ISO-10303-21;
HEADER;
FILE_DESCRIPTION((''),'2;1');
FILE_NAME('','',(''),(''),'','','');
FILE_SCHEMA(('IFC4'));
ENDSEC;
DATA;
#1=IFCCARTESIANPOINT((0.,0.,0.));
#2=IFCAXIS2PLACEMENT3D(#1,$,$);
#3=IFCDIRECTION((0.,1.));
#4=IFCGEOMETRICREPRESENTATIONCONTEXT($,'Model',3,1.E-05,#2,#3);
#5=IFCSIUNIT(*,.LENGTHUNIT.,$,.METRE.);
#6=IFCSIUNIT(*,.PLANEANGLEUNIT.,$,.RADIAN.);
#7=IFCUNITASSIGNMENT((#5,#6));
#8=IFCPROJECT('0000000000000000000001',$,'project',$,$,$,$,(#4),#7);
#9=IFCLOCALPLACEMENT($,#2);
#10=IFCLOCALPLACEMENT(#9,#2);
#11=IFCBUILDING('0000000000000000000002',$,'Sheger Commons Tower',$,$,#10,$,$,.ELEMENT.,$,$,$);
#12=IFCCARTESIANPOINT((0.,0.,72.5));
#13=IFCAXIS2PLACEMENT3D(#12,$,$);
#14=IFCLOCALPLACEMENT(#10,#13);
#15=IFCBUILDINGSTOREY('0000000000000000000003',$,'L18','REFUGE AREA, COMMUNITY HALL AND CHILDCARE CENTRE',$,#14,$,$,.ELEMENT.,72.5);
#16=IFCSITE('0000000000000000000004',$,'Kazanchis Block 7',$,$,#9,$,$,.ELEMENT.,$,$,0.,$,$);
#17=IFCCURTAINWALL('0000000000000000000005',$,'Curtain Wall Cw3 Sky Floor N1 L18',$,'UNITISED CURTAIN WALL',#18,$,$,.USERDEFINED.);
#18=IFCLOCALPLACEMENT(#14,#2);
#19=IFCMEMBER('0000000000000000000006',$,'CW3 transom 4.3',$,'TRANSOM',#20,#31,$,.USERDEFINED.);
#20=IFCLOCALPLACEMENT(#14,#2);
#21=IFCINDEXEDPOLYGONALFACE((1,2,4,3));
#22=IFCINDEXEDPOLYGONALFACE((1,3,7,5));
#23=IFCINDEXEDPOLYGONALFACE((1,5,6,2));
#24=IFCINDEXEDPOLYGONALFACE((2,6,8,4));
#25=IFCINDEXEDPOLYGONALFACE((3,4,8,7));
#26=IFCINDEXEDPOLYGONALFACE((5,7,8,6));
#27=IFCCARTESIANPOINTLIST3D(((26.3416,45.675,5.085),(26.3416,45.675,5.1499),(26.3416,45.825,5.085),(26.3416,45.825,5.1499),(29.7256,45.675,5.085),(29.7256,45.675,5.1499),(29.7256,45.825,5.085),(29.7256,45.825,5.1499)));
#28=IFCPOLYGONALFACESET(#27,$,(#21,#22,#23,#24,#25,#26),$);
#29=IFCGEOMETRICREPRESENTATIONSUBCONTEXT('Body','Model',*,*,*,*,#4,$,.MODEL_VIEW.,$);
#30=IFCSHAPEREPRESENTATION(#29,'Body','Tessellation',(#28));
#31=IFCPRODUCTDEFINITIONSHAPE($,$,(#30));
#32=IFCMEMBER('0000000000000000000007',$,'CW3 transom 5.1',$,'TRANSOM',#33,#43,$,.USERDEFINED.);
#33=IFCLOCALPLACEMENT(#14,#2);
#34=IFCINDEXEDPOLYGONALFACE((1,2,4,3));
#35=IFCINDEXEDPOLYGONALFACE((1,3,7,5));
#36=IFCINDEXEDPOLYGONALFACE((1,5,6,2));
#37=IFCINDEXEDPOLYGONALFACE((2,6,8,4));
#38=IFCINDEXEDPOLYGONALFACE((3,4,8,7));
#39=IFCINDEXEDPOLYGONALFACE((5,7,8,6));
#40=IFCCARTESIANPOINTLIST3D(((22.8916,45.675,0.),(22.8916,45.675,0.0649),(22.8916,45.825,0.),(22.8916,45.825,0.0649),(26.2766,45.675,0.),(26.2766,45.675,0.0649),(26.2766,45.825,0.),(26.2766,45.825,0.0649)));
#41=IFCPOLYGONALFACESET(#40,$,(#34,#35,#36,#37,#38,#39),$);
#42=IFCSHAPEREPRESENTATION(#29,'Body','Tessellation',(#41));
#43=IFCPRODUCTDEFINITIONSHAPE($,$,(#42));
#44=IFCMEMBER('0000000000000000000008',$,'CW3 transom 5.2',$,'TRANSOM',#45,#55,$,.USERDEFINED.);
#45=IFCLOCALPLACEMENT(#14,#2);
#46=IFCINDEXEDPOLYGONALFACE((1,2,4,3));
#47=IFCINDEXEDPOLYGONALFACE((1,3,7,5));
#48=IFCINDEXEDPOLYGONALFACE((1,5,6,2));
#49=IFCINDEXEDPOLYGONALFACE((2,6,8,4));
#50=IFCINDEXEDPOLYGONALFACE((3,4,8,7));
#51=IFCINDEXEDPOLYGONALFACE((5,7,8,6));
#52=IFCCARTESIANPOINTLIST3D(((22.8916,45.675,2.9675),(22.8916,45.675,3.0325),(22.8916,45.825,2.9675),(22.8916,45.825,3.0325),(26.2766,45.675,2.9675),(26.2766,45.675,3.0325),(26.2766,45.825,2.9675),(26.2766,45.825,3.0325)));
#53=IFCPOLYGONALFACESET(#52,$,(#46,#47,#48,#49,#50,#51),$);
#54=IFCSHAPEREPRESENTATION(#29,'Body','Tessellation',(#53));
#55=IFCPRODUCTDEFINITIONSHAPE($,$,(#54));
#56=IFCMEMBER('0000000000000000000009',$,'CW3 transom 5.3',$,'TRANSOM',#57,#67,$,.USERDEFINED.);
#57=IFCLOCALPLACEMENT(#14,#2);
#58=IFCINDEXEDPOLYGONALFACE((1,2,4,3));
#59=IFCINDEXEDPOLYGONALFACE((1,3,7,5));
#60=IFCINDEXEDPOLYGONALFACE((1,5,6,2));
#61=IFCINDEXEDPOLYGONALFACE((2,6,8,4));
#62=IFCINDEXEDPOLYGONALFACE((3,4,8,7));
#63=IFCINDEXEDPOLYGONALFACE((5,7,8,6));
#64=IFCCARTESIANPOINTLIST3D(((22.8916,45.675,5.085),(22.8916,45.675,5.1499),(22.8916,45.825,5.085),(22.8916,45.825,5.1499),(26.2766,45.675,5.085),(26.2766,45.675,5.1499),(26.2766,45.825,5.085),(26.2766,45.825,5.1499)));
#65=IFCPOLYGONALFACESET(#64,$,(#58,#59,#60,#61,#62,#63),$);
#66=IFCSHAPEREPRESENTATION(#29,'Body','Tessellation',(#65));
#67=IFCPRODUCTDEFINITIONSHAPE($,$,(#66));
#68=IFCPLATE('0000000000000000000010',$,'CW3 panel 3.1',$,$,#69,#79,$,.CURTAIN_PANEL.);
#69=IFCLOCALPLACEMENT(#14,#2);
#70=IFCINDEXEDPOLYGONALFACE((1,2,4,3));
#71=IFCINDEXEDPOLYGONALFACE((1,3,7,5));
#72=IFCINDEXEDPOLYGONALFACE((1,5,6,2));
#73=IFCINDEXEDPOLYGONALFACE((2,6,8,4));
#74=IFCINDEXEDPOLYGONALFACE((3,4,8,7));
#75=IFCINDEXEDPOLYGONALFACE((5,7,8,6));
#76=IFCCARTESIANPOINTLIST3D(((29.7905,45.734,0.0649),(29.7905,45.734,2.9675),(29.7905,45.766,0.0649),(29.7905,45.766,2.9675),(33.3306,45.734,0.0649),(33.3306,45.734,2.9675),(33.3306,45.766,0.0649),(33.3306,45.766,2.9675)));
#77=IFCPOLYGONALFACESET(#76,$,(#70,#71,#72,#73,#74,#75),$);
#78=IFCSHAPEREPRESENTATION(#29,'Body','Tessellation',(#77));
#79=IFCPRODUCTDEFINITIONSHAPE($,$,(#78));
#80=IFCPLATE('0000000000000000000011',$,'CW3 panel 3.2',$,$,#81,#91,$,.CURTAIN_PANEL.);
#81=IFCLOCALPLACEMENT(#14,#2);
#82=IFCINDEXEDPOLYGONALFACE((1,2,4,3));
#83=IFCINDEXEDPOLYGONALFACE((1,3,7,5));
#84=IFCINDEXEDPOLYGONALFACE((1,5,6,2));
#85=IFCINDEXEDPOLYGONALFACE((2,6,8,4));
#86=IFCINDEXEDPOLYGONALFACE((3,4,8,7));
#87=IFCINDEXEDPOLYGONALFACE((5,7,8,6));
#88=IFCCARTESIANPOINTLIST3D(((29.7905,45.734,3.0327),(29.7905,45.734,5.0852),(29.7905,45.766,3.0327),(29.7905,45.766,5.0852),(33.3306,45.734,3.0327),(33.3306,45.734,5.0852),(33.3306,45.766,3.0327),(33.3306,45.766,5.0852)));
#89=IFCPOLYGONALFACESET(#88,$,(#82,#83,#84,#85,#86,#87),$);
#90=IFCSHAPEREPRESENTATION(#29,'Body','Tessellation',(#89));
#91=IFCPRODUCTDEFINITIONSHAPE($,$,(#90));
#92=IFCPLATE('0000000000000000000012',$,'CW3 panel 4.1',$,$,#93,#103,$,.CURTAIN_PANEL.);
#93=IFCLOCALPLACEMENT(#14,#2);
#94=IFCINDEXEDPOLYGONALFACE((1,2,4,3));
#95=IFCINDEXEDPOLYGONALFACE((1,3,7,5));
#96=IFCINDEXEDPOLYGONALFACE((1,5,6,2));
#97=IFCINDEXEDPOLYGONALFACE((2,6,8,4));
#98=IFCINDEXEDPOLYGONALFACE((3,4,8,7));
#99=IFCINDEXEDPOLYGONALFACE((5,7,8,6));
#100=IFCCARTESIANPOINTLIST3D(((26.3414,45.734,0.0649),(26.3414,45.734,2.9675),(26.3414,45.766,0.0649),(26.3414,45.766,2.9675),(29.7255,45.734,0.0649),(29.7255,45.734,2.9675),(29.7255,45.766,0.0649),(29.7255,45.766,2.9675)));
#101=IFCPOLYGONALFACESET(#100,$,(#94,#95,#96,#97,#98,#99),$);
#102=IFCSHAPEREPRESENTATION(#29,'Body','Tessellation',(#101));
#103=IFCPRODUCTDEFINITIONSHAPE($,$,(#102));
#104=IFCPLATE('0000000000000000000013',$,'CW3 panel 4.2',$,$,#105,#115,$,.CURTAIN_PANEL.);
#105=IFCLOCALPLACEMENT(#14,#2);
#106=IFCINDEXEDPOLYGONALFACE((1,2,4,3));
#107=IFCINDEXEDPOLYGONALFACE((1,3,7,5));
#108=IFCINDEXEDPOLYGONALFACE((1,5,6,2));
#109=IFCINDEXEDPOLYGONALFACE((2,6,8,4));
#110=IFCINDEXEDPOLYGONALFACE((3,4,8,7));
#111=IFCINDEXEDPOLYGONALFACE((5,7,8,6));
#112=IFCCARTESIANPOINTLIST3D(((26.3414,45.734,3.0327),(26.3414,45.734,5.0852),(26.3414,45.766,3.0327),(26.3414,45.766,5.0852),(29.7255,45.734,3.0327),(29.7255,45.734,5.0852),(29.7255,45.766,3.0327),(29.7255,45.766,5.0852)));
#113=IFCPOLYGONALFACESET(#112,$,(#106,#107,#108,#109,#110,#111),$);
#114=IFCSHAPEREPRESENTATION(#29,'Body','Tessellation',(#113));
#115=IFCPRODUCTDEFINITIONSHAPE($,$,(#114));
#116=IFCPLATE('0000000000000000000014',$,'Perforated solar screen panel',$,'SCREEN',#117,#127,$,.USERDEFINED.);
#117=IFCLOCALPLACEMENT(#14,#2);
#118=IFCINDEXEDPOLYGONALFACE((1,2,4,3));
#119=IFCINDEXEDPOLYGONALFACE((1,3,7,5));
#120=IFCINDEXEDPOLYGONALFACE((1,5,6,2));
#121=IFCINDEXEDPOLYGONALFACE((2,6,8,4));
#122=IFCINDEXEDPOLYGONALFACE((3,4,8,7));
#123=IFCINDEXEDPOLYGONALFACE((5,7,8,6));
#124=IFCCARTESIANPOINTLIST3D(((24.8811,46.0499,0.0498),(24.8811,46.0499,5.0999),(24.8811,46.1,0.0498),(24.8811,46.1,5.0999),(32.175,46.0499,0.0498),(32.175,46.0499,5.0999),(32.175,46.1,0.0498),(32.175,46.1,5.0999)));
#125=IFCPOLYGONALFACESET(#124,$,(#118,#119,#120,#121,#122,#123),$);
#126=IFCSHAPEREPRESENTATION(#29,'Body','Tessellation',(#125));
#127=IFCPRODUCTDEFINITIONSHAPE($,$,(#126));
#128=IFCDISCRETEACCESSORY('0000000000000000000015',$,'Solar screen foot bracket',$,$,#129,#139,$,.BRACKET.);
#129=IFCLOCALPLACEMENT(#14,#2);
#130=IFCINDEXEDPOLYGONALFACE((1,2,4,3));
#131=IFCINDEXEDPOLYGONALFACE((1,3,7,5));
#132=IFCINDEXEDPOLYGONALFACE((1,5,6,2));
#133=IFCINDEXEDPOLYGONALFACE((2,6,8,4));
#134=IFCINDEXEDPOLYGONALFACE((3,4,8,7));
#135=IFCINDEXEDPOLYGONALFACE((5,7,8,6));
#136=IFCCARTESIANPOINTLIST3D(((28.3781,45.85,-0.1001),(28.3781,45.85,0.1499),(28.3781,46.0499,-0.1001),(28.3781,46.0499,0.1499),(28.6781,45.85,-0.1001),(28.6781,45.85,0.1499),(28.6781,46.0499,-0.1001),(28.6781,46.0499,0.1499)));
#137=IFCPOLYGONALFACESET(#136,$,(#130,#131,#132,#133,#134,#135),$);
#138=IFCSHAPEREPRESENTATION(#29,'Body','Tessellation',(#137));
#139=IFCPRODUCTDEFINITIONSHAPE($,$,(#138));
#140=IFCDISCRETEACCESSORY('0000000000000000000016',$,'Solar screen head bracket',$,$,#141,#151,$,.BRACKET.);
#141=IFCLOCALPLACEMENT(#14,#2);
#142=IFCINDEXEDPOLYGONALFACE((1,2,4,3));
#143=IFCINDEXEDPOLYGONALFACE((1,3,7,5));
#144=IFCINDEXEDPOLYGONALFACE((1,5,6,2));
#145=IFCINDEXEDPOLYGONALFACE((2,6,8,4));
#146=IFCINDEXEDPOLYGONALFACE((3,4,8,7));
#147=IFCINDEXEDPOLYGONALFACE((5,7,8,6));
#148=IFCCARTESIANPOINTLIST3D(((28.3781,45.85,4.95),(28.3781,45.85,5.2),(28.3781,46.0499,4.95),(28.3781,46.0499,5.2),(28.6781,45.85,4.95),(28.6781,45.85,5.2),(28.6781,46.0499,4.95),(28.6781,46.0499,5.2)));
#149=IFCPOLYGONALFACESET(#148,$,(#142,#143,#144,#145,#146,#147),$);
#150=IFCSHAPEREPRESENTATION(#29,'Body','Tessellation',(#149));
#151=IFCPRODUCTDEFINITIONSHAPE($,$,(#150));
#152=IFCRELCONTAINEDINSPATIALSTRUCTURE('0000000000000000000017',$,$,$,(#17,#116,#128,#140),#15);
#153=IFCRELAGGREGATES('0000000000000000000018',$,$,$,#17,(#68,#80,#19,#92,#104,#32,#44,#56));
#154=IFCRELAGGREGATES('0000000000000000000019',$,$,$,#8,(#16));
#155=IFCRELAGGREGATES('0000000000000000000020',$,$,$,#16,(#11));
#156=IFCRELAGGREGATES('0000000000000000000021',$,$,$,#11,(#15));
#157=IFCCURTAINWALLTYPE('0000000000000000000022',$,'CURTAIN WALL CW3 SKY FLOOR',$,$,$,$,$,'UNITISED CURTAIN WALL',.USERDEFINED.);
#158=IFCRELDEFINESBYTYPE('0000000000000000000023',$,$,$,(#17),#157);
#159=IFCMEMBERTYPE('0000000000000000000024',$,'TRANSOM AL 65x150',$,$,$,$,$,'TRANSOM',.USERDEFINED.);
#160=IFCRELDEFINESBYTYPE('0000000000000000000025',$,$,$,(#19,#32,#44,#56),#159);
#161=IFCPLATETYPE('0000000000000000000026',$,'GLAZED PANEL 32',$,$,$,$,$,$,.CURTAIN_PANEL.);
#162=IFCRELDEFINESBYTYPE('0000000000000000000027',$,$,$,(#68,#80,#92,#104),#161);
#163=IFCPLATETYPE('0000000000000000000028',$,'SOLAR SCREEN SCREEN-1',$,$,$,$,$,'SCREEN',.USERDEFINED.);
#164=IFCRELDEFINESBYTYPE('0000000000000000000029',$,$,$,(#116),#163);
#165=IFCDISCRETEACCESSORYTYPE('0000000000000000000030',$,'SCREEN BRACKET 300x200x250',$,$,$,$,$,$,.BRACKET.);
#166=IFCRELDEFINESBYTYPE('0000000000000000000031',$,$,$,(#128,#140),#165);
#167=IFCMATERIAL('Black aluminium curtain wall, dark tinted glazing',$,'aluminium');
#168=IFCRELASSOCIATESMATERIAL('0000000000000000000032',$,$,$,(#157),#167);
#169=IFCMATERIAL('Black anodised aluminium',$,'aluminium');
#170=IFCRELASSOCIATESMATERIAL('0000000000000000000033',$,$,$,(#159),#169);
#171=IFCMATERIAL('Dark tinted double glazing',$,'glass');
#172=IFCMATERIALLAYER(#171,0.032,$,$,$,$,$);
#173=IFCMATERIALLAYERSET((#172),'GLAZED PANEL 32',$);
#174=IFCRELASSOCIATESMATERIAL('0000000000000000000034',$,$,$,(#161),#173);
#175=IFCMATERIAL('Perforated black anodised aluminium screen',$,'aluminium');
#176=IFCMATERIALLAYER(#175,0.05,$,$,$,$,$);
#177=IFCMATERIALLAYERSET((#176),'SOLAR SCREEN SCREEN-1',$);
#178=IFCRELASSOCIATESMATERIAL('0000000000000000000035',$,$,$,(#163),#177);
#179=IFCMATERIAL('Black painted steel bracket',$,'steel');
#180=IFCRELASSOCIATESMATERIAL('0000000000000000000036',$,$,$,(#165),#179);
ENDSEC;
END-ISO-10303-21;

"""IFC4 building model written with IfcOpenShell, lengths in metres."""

from ifc_helpers import new_model, si_unit, direction, frame, origin, origin_2d, place, context, subcontext, project, spatial, rectangle, extrude, material, layer, layer_set, material_profile, profile_set, type_object, element, aggregate, save


model = new_model("IFC4")

# Units and contexts
model_context = context("Model", 3, precision=1e-05, world=origin(), true_north=direction((0.0, 1.0)))
body_context = subcontext(model_context, "Body", "Model", "MODEL_VIEW")
ifc_project = project(units=[si_unit("LENGTHUNIT", "METRE"), si_unit("PLANEANGLEUNIT", "RADIAN")], contexts=[model_context])

# Site, building, storey
site_placement = place(None, origin())
site = spatial("IfcSite", under=ifc_project, at=site_placement, Name="Kazanchis Block 7", CompositionType="ELEMENT", RefElevation=0.0)
building_placement = place(site_placement, origin())
building = spatial("IfcBuilding", under=site, at=building_placement, Name="Sheger Commons Tower", CompositionType="ELEMENT")
storey_placement = place(building_placement, frame((0.0, 0.0, 72.5)))
storey = spatial("IfcBuildingStorey", under=building, at=storey_placement, Name="L18", Description="REFUGE AREA, COMMUNITY HALL AND CHILDCARE CENTRE", CompositionType="ELEMENT", Elevation=72.5)

# Curtain wall
ifc_material_1 = material(Name="Black aluminium curtain wall, dark tinted glazing", Category="aluminium")
curtain_wall_type = type_object("IfcCurtainWallType", Name="CURTAIN WALL CW3 SKY FLOOR", ElementType="UNITISED CURTAIN WALL", PredefinedType="USERDEFINED", material=ifc_material_1)
curtain_wall_placement = place(storey_placement, origin())
curtain_wall = element("IfcCurtainWall", 1, at=curtain_wall_placement, inside=storey, type_object=curtain_wall_type, Name="Curtain Wall Cw3 Sky Floor N1 L18", ObjectType="UNITISED CURTAIN WALL", PredefinedType="USERDEFINED")

# Members
ifc_material_2 = material(Name="Black anodised aluminium", Category="aluminium")
ifc_material_profile_1 = material_profile(ifc_material_2, rectangle(XDim=0.1499, YDim=0.0649, at=origin_2d()), Name="AL 65x150")
ifc_profile_set_1 = profile_set([ifc_material_profile_1], Name="Black anodised aluminium")
member_type_1 = type_object("IfcMemberType", Name="TRANSOM AL 65x150", ElementType="TRANSOM", PredefinedType="USERDEFINED", material=ifc_profile_set_1)
member_1_placement = place(storey_placement, frame((29.7256, 45.75, 5.1174), z_axis=(-1.0, 0.0, 0.0), x_axis=(0.0, -1.0, 0.0)))
member_1 = element("IfcMember", 2, at=member_1_placement, type_object=member_type_1, Name="CW3 transom 4.3", ObjectType="TRANSOM", PredefinedType="USERDEFINED", context=body_context, shape_type="SweptSolid", body=[
    extrude(rectangle(XDim=0.1499, YDim=0.0649, at=origin_2d()), origin(), (0.0, 0.0, 1.0), 3.384),
])
member_2_placement = place(storey_placement, frame((26.2766, 45.75, 0.0325), z_axis=(-1.0, 0.0, 0.0), x_axis=(0.0, -1.0, 0.0)))
member_2 = element("IfcMember", 3, at=member_2_placement, type_object=member_type_1, Name="CW3 transom 5.1", ObjectType="TRANSOM", PredefinedType="USERDEFINED", context=body_context, shape_type="SweptSolid", body=[
    extrude(rectangle(XDim=0.1499, YDim=0.0649, at=origin_2d()), origin(), (0.0, 0.0, 1.0), 3.385),
])
member_3_placement = place(storey_placement, frame((26.2766, 45.75, 3.0), z_axis=(-1.0, 0.0, 0.0), x_axis=(0.0, -1.0, 0.0)))
member_3 = element("IfcMember", 4, at=member_3_placement, type_object=member_type_1, Name="CW3 transom 5.2", ObjectType="TRANSOM", PredefinedType="USERDEFINED", context=body_context, shape_type="SweptSolid", body=[
    extrude(rectangle(XDim=0.1499, YDim=0.0649, at=origin_2d()), origin(), (0.0, 0.0, 1.0), 3.385),
])
member_4_placement = place(storey_placement, frame((26.2766, 45.75, 5.1174), z_axis=(-1.0, 0.0, 0.0), x_axis=(0.0, -1.0, 0.0)))
member_4 = element("IfcMember", 5, at=member_4_placement, type_object=member_type_1, Name="CW3 transom 5.3", ObjectType="TRANSOM", PredefinedType="USERDEFINED", context=body_context, shape_type="SweptSolid", body=[
    extrude(rectangle(XDim=0.1499, YDim=0.0649, at=origin_2d()), origin(), (0.0, 0.0, 1.0), 3.385),
])

# Plates
ifc_material_3 = material(Name="Dark tinted double glazing", Category="glass")
ifc_layer_1 = layer(ifc_material_3, 0.032)
ifc_layer_set_1 = layer_set([ifc_layer_1], Name="GLAZED PANEL 32")
plate_type_1 = type_object("IfcPlateType", Name="GLAZED PANEL 32", PredefinedType="CURTAIN_PANEL", material=ifc_layer_set_1)
plate_1_placement = place(storey_placement, frame((31.5605, 45.75, 0.0649), z_axis=(0.0, 0.0, 1.0), x_axis=(-1.0, 0.0, 0.0)))
plate_1 = element("IfcPlate", 6, at=plate_1_placement, type_object=plate_type_1, Name="CW3 panel 3.1", PredefinedType="CURTAIN_PANEL", context=body_context, shape_type="SweptSolid", body=[
    extrude(rectangle(XDim=3.54, YDim=0.032, at=origin_2d()), origin(), (0.0, 0.0, 1.0), 2.9026),
])
plate_2_placement = place(storey_placement, frame((31.5605, 45.75, 3.0327), z_axis=(0.0, 0.0, 1.0), x_axis=(-1.0, 0.0, 0.0)))
plate_2 = element("IfcPlate", 7, at=plate_2_placement, type_object=plate_type_1, Name="CW3 panel 3.2", PredefinedType="CURTAIN_PANEL", context=body_context, shape_type="SweptSolid", body=[
    extrude(rectangle(XDim=3.54, YDim=0.032, at=origin_2d()), origin(), (0.0, 0.0, 1.0), 2.0525),
])
plate_3_placement = place(storey_placement, frame((28.0334, 45.75, 0.0649), z_axis=(0.0, 0.0, 1.0), x_axis=(-1.0, 0.0, 0.0)))
plate_3 = element("IfcPlate", 8, at=plate_3_placement, type_object=plate_type_1, Name="CW3 panel 4.1", PredefinedType="CURTAIN_PANEL", context=body_context, shape_type="SweptSolid", body=[
    extrude(rectangle(XDim=3.384, YDim=0.032, at=origin_2d()), origin(), (0.0, 0.0, 1.0), 2.9026),
])
plate_4_placement = place(storey_placement, frame((28.0334, 45.75, 3.0327), z_axis=(0.0, 0.0, 1.0), x_axis=(-1.0, 0.0, 0.0)))
plate_4 = element("IfcPlate", 9, at=plate_4_placement, type_object=plate_type_1, Name="CW3 panel 4.2", PredefinedType="CURTAIN_PANEL", context=body_context, shape_type="SweptSolid", body=[
    extrude(rectangle(XDim=3.384, YDim=0.032, at=origin_2d()), origin(), (0.0, 0.0, 1.0), 2.0525),
])
aggregate(curtain_wall, [plate_1, plate_2, member_1, plate_3, plate_4, member_2, member_3, member_4])
ifc_material_4 = material(Name="Perforated black anodised aluminium screen", Category="aluminium")
ifc_layer_2 = layer(ifc_material_4, 0.05)
ifc_layer_set_2 = layer_set([ifc_layer_2], Name="SOLAR SCREEN SCREEN-1")
plate_type_2 = type_object("IfcPlateType", Name="SOLAR SCREEN SCREEN-1", ElementType="SCREEN", PredefinedType="USERDEFINED", material=ifc_layer_set_2)
plate_5_placement = place(storey_placement, frame((28.5281, 46.075, 0.0498), z_axis=(0.0, 0.0, 1.0), x_axis=(-1.0, 0.0, 0.0)))
element("IfcPlate", 10, at=plate_5_placement, inside=storey, type_object=plate_type_2, Name="Perforated solar screen panel", ObjectType="SCREEN", PredefinedType="USERDEFINED", context=body_context, shape_type="SweptSolid", body=[
    extrude(rectangle(XDim=7.2939, YDim=0.05, at=origin_2d()), origin(), (0.0, 0.0, 1.0), 5.05),
])

# Discrete accessories
ifc_material_5 = material(Name="Black painted steel bracket", Category="steel")
discrete_accessory_type = type_object("IfcDiscreteAccessoryType", Name="SCREEN BRACKET 300x200x250", PredefinedType="BRACKET", material=ifc_material_5)
for number, where, z_axis, x_axis, name in (
    (11, (28.5281, 45.95, -0.1001), (0.0, 0.0, 1.0), (-1.0, 0.0, 0.0), "Solar screen foot bracket"),
    (12, (28.5281, 45.95, 4.95), (0.0, 0.0, 1.0), (-1.0, 0.0, 0.0), "Solar screen head bracket"),
):
    element("IfcDiscreteAccessory", number, at=place(storey_placement, frame(where, z_axis=z_axis, x_axis=x_axis)), inside=storey, type_object=discrete_accessory_type, Name=name, PredefinedType="BRACKET", context=body_context, shape_type="SweptSolid", body=[
        extrude(rectangle(XDim=0.3, YDim=0.2, at=origin_2d()), origin(), (0.0, 0.0, 1.0), 0.25),
    ])

save(model, "model.ifc")
